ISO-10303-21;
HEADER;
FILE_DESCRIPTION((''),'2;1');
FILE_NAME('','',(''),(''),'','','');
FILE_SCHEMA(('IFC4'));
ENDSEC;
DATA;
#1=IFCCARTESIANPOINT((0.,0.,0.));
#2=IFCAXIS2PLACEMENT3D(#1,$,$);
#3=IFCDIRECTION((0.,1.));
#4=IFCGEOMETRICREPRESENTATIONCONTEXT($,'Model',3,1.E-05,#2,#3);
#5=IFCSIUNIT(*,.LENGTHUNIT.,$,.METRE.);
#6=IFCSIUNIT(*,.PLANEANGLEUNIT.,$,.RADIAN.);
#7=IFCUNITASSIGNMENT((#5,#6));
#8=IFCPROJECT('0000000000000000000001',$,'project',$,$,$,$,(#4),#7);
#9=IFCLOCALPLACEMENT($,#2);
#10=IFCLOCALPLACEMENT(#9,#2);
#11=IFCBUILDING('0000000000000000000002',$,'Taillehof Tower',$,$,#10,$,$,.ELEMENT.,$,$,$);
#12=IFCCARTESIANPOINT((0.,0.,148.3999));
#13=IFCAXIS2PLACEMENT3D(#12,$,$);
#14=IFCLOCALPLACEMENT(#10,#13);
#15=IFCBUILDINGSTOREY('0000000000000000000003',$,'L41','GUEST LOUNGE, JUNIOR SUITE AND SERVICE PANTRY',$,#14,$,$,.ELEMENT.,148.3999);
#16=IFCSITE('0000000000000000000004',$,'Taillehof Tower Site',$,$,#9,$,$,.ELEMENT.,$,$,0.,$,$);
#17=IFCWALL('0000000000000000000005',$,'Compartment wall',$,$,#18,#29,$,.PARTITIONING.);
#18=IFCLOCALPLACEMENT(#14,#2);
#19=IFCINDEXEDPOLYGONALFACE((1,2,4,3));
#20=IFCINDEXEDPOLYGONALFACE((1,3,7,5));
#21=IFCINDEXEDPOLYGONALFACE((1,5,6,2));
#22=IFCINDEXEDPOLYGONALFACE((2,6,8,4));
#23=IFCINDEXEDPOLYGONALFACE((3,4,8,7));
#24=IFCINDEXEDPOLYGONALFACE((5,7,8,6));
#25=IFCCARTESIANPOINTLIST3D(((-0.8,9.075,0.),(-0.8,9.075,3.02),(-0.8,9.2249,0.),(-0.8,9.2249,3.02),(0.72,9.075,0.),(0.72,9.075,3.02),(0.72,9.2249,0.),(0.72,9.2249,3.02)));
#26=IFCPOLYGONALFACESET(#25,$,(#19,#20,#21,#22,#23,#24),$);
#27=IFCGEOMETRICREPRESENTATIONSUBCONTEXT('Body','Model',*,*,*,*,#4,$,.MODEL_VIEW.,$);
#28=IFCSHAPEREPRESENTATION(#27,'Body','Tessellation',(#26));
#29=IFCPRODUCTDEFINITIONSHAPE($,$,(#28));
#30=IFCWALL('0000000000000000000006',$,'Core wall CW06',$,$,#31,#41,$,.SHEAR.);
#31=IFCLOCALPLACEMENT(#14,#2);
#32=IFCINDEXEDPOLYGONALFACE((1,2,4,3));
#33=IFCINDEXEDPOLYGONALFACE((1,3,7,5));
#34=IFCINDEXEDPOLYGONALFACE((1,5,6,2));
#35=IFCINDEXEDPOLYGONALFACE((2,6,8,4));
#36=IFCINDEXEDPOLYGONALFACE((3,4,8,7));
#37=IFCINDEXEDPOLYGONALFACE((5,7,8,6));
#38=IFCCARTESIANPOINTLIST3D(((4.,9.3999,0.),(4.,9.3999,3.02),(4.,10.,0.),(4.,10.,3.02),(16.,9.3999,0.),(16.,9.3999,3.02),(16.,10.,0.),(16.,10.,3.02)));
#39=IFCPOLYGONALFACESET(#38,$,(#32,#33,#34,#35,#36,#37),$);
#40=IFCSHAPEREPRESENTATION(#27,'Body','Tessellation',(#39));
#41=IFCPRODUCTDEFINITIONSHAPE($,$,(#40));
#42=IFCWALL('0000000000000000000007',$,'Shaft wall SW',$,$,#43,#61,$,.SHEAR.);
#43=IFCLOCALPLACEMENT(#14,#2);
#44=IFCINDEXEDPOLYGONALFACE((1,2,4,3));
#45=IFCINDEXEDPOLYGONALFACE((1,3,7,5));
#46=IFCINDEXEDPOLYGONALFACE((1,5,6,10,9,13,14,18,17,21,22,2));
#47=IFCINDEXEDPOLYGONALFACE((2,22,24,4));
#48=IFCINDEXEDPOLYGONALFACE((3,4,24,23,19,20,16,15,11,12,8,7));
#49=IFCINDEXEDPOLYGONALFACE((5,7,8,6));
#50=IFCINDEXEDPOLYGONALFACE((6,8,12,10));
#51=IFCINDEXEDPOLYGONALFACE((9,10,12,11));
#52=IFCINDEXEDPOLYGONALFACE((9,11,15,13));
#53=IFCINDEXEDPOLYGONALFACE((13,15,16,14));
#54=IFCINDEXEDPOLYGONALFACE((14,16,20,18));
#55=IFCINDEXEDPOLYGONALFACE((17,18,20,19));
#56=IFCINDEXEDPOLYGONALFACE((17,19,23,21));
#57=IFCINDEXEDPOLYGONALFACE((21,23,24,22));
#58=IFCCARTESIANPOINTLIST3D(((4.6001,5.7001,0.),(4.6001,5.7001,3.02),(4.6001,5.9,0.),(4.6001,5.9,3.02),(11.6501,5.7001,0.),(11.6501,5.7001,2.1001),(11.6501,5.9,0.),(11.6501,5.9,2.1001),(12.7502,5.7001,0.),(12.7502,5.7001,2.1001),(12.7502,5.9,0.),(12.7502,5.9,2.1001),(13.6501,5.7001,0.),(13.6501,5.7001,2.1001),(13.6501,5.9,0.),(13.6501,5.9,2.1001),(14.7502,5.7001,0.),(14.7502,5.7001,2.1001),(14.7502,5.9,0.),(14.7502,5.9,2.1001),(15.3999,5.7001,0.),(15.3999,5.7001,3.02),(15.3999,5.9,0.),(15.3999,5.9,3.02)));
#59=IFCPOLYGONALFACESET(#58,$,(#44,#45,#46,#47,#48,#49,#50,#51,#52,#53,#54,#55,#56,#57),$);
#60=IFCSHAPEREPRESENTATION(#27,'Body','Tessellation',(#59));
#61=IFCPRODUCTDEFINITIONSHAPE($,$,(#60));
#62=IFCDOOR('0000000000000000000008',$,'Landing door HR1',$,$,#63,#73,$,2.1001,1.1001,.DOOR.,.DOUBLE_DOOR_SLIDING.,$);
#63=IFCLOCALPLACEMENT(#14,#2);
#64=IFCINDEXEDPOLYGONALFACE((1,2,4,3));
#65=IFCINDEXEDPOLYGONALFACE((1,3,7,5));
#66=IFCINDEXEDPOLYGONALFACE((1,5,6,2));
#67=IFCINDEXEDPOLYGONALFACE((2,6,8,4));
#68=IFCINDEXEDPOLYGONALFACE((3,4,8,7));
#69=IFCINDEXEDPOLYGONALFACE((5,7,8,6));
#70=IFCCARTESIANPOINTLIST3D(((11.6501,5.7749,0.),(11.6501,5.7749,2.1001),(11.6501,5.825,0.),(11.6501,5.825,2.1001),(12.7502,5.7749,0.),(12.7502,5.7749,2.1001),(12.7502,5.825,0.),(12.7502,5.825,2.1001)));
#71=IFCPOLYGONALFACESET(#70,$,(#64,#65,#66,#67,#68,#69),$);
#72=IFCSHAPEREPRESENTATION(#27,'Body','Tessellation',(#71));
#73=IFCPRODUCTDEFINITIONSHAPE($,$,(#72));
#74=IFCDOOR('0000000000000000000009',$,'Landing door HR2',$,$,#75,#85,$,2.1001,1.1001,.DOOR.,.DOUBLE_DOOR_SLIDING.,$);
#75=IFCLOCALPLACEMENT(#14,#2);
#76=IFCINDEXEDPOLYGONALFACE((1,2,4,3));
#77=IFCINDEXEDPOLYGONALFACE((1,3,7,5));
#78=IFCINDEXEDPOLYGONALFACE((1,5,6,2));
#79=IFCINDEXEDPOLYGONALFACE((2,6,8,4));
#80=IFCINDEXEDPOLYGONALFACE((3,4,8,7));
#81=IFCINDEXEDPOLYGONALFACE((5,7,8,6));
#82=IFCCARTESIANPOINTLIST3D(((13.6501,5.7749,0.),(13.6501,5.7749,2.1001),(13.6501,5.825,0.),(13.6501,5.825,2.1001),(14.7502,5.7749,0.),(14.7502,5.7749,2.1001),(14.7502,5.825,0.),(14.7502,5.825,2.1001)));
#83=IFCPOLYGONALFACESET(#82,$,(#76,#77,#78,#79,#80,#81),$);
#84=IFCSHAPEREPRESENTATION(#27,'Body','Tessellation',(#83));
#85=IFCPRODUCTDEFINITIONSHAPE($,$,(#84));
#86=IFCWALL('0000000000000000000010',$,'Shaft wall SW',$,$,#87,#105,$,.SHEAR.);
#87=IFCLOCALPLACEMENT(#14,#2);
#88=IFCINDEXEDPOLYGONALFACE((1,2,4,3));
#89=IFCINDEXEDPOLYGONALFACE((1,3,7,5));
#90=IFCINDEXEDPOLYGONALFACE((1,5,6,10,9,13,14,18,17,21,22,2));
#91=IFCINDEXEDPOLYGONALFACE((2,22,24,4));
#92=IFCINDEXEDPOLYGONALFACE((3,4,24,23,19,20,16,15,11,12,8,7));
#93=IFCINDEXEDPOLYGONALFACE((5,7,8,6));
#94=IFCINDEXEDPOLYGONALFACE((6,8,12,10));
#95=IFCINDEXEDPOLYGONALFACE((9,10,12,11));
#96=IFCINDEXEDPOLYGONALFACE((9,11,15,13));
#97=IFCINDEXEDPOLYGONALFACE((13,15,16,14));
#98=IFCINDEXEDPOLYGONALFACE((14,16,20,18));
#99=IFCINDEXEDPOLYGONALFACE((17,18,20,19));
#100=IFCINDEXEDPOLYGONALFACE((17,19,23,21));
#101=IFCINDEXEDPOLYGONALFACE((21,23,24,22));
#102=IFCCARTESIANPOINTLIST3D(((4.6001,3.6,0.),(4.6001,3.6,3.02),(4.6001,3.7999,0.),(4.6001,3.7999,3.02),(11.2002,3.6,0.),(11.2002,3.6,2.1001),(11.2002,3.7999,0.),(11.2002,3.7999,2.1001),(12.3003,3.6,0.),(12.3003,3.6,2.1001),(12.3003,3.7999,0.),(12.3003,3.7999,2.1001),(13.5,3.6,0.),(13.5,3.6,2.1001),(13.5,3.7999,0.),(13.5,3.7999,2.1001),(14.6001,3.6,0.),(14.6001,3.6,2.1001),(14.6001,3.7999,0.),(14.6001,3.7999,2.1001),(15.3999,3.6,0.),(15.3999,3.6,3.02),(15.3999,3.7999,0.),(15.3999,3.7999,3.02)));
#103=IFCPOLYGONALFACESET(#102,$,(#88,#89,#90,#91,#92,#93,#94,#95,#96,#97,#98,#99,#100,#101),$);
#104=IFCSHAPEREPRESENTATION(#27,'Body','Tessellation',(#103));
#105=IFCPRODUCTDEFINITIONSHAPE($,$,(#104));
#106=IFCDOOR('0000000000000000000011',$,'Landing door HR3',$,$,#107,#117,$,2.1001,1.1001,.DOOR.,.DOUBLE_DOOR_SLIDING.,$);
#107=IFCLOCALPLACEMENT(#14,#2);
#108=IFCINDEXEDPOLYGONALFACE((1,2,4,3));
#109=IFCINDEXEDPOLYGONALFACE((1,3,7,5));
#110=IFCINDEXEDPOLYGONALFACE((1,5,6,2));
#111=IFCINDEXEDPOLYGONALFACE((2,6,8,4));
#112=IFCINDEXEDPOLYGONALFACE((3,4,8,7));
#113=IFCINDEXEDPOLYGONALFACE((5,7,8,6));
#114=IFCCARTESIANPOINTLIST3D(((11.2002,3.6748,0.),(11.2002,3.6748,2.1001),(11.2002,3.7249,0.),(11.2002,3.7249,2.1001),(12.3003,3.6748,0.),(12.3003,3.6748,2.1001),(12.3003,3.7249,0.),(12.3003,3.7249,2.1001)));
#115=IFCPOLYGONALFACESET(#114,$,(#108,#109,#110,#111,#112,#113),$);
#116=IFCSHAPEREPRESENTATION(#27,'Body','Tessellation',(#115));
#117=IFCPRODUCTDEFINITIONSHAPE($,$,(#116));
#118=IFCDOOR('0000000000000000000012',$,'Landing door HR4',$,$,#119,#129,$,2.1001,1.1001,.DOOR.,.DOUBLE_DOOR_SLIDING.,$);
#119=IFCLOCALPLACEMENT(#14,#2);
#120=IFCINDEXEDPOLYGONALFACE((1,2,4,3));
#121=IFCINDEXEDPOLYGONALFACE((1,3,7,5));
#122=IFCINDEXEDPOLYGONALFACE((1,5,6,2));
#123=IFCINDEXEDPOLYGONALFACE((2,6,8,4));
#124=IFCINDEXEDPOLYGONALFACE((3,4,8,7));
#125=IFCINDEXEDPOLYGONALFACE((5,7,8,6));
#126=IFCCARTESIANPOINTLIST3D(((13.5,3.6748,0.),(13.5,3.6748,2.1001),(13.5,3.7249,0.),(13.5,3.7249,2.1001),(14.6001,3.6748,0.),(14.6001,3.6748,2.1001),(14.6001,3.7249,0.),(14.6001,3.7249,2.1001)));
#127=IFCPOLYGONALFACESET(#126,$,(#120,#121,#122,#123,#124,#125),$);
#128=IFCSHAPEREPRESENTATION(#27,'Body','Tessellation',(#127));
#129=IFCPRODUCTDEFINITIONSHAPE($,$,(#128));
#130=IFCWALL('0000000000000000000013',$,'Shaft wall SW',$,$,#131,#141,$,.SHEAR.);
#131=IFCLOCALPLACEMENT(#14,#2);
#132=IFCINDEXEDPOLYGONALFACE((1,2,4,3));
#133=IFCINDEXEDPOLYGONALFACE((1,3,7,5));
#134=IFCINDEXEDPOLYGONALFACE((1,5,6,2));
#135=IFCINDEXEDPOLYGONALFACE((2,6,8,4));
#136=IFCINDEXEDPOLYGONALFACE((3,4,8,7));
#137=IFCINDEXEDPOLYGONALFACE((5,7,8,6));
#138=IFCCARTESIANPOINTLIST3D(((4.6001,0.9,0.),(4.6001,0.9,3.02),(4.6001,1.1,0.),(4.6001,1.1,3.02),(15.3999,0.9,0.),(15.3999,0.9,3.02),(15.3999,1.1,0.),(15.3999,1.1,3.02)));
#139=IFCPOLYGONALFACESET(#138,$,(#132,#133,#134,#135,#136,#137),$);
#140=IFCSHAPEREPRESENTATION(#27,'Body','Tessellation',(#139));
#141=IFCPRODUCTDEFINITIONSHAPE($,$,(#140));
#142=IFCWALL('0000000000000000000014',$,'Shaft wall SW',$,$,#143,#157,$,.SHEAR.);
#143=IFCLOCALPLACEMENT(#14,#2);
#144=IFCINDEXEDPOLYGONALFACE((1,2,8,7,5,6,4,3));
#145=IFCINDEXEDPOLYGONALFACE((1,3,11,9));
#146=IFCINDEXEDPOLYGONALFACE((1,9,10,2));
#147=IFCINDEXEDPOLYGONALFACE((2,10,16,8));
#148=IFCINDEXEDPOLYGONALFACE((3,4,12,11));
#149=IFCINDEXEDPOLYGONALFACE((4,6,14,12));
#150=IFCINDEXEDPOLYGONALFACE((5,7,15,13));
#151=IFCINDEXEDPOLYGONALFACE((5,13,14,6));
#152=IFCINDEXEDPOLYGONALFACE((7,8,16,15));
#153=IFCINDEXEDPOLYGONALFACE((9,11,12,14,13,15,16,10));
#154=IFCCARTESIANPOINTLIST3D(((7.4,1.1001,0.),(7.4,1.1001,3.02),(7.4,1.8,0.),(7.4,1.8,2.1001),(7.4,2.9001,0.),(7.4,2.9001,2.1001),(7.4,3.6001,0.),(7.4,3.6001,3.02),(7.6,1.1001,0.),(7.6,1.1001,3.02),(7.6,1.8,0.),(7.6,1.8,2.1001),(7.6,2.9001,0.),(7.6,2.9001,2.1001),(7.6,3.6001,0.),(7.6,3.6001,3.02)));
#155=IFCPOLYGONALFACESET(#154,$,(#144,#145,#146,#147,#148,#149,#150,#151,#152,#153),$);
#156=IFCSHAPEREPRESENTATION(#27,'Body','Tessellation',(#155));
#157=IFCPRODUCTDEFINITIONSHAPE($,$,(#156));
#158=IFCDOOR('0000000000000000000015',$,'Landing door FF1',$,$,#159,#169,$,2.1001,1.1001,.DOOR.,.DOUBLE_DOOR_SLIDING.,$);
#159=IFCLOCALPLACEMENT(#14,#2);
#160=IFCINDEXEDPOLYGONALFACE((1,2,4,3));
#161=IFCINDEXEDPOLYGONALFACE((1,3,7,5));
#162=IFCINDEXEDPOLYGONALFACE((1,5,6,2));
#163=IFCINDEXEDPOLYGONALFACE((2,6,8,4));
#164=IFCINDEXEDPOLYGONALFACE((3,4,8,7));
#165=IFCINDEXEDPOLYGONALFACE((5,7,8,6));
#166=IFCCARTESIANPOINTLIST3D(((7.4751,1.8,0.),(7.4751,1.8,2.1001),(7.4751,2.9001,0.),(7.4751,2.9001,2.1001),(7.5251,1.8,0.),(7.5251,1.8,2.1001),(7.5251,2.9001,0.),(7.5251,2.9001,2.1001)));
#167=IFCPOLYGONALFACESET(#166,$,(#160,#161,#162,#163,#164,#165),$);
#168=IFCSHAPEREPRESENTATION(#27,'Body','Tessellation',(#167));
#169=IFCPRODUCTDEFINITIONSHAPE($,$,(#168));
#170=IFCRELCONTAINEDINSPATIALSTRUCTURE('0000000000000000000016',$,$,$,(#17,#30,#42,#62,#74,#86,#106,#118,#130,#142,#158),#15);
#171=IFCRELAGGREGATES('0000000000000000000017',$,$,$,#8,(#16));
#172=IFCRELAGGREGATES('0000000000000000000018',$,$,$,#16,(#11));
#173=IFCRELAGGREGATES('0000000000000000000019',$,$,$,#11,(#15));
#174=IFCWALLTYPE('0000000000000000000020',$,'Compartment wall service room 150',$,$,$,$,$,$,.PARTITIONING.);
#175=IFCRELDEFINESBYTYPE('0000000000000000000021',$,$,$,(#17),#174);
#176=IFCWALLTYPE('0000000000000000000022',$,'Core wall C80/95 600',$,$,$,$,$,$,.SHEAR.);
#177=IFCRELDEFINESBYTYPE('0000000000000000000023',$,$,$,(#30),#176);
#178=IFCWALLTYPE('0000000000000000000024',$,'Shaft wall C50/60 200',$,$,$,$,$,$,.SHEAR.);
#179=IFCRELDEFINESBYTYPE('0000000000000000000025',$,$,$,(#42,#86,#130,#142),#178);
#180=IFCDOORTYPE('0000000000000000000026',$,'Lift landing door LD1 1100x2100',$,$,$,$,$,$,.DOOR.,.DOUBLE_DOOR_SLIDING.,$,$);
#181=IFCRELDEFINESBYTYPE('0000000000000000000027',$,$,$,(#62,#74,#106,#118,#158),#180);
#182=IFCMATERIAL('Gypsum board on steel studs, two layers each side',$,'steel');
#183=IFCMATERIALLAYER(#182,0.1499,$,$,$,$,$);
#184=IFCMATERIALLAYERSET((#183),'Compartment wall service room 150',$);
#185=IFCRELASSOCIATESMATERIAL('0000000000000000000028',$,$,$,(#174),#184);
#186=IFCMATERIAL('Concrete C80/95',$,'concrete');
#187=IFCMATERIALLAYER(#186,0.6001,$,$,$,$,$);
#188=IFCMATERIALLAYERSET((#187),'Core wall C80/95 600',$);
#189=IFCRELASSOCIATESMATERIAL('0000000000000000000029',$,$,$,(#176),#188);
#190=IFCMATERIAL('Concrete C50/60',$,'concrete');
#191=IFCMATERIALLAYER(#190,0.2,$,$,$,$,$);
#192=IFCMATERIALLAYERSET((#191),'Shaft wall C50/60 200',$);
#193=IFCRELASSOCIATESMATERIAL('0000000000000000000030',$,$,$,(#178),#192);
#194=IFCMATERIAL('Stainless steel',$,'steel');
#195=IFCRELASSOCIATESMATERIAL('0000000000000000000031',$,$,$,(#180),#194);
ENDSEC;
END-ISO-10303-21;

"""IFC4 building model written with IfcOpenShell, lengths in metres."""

from ifc_helpers import new_model, si_unit, direction, frame, frame_2d, origin, place, context, subcontext, project, spatial, rectangle, extrude, material, layer, layer_set, type_object, element, fill, save


model = new_model("IFC4")

# Units and contexts
model_context = context("Model", 3, precision=1e-05, world=origin(), true_north=direction((0.0, 1.0)))
body_context = subcontext(model_context, "Body", "Model", "MODEL_VIEW")
ifc_project = project(units=[si_unit("LENGTHUNIT", "METRE"), si_unit("PLANEANGLEUNIT", "RADIAN")], contexts=[model_context])

# Site, building, storey
site_placement = place(None, origin())
site = spatial("IfcSite", under=ifc_project, at=site_placement, Name="Taillehof Tower Site", CompositionType="ELEMENT", RefElevation=0.0)
building_placement = place(site_placement, origin())
building = spatial("IfcBuilding", under=site, at=building_placement, Name="Taillehof Tower", CompositionType="ELEMENT")
storey_placement = place(building_placement, frame((0.0, 0.0, 148.3999)))
storey = spatial("IfcBuildingStorey", under=building, at=storey_placement, Name="L41", Description="GUEST LOUNGE, JUNIOR SUITE AND SERVICE PANTRY", CompositionType="ELEMENT", Elevation=148.3999)

# Shared definitions
ifc_material_1 = material(Name="Gypsum board on steel studs, two layers each side", Category="steel")
ifc_layer_1 = layer(ifc_material_1, 0.1499)
ifc_layer_set_1 = layer_set([ifc_layer_1], Name="Compartment wall service room 150")
wall_type_1 = type_object("IfcWallType", Name="Compartment wall service room 150", PredefinedType="PARTITIONING", material=ifc_layer_set_1)

# Walls
wall_1_placement = place(storey_placement, frame((0.72, 9.1499, 0.0), z_axis=(0.0, 0.0, 1.0), x_axis=(-1.0, 0.0, 0.0)))
element("IfcWall", 1, at=wall_1_placement, inside=storey, type_object=wall_type_1, Name="Compartment wall", PredefinedType="PARTITIONING", context=body_context, shape_type="SweptSolid", body=[
    extrude(rectangle(XDim=1.52, YDim=0.1499, at=frame_2d((0.76, 0.0))), origin(), (0.0, 0.0, 1.0), 3.02),
])
ifc_material_2 = material(Name="Concrete C80/95", Category="concrete")
ifc_layer_2 = layer(ifc_material_2, 0.6001)
ifc_layer_set_2 = layer_set([ifc_layer_2], Name="Core wall C80/95 600")
wall_type_2 = type_object("IfcWallType", Name="Core wall C80/95 600", PredefinedType="SHEAR", material=ifc_layer_set_2)
wall_2_placement = place(storey_placement, frame((4.0, 9.7, 0.0), z_axis=(0.0, 0.0, 1.0), x_axis=(1.0, 0.0, 0.0)))
element("IfcWall", 2, at=wall_2_placement, inside=storey, type_object=wall_type_2, Name="Core wall CW06", PredefinedType="SHEAR", context=body_context, shape_type="SweptSolid", body=[
    extrude(rectangle(XDim=12.0, YDim=0.6001, at=frame_2d((6.0, 0.0))), origin(), (0.0, 0.0, 1.0), 3.02),
])

# Walls, openings, doors
ifc_material_3 = material(Name="Concrete C50/60", Category="concrete")
ifc_layer_3 = layer(ifc_material_3, 0.2)
ifc_layer_set_3 = layer_set([ifc_layer_3], Name="Shaft wall C50/60 200")
wall_type_3 = type_object("IfcWallType", Name="Shaft wall C50/60 200", PredefinedType="SHEAR", material=ifc_layer_set_3)
wall_3_placement = place(storey_placement, frame((4.6001, 5.8, 0.0), z_axis=(0.0, 0.0, 1.0), x_axis=(1.0, 0.0, 0.0)))
wall_3 = element("IfcWall", 3, at=wall_3_placement, inside=storey, type_object=wall_type_3, Name="Shaft wall SW", PredefinedType="SHEAR", context=body_context, shape_type="SweptSolid", body=[
    extrude(rectangle(XDim=10.7998, YDim=0.2, at=frame_2d((5.3999, 0.0))), origin(), (0.0, 0.0, 1.0), 3.02),
])
opening_1_placement = place(wall_3_placement, frame((7.05, 0.0, 0.0)))
opening_1 = element("IfcOpeningElement", 4, at=opening_1_placement, cuts=wall_3, PredefinedType="OPENING", context=body_context, shape_type="SweptSolid", body=[
    extrude(rectangle(XDim=1.1001, YDim=2.1001, at=frame_2d((0.55, 1.05))), frame((0.0, 0.1099, 0.0), z_axis=(0.0, -1.0, 0.0), x_axis=(1.0, 0.0, 0.0)), (0.0, 0.0, 1.0), 0.22),
])
opening_2_placement = place(wall_3_placement, frame((9.05, 0.0, 0.0)))
opening_2 = element("IfcOpeningElement", 5, at=opening_2_placement, cuts=wall_3, PredefinedType="OPENING", context=body_context, shape_type="SweptSolid", body=[
    extrude(rectangle(XDim=1.1001, YDim=2.1001, at=frame_2d((0.55, 1.05))), frame((0.0, 0.1099, 0.0), z_axis=(0.0, -1.0, 0.0), x_axis=(1.0, 0.0, 0.0)), (0.0, 0.0, 1.0), 0.22),
])
ifc_material_4 = material(Name="Stainless steel", Category="steel")
door_type_1 = type_object("IfcDoorType", Name="Lift landing door LD1 1100x2100", OperationType="DOUBLE_DOOR_SLIDING", PredefinedType="DOOR", material=ifc_material_4)
door_1_placement = place(opening_1_placement, origin())
door_1 = element("IfcDoor", 6, at=door_1_placement, inside=storey, type_object=door_type_1, Name="Landing door HR1", OperationType="DOUBLE_DOOR_SLIDING", OverallHeight=2.1001, OverallWidth=1.1001, PredefinedType="DOOR", context=body_context, shape_type="SweptSolid", body=[
    extrude(rectangle(XDim=1.1001, YDim=2.1001, at=frame_2d((0.55, 1.05))), frame((0.0, 0.0249, 0.0), z_axis=(0.0, -1.0, 0.0), x_axis=(1.0, 0.0, 0.0)), (0.0, 0.0, 1.0), 0.05),
])
fill(opening_1, door_1)
door_2_placement = place(opening_2_placement, origin())
door_2 = element("IfcDoor", 7, at=door_2_placement, inside=storey, type_object=door_type_1, Name="Landing door HR2", OperationType="DOUBLE_DOOR_SLIDING", OverallHeight=2.1001, OverallWidth=1.1001, PredefinedType="DOOR", context=body_context, shape_type="SweptSolid", body=[
    extrude(rectangle(XDim=1.1001, YDim=2.1001, at=frame_2d((0.55, 1.05))), frame((0.0, 0.0249, 0.0), z_axis=(0.0, -1.0, 0.0), x_axis=(1.0, 0.0, 0.0)), (0.0, 0.0, 1.0), 0.05),
])
fill(opening_2, door_2)
wall_4_placement = place(storey_placement, frame((4.6001, 3.7, 0.0), z_axis=(0.0, 0.0, 1.0), x_axis=(1.0, 0.0, 0.0)))
wall_4 = element("IfcWall", 8, at=wall_4_placement, inside=storey, type_object=wall_type_3, Name="Shaft wall SW", PredefinedType="SHEAR", context=body_context, shape_type="SweptSolid", body=[
    extrude(rectangle(XDim=10.7998, YDim=0.2, at=frame_2d((5.3999, 0.0))), origin(), (0.0, 0.0, 1.0), 3.02),
])
opening_3_placement = place(wall_4_placement, frame((6.6001, 0.0, 0.0)))
opening_3 = element("IfcOpeningElement", 9, at=opening_3_placement, cuts=wall_4, PredefinedType="OPENING", context=body_context, shape_type="SweptSolid", body=[
    extrude(rectangle(XDim=1.1001, YDim=2.1001, at=frame_2d((0.55, 1.05))), frame((0.0, 0.1099, 0.0), z_axis=(0.0, -1.0, 0.0), x_axis=(1.0, 0.0, 0.0)), (0.0, 0.0, 1.0), 0.22),
])
opening_4_placement = place(wall_4_placement, frame((8.8999, 0.0, 0.0)))
opening_4 = element("IfcOpeningElement", 10, at=opening_4_placement, cuts=wall_4, PredefinedType="OPENING", context=body_context, shape_type="SweptSolid", body=[
    extrude(rectangle(XDim=1.1001, YDim=2.1001, at=frame_2d((0.55, 1.05))), frame((0.0, 0.1099, 0.0), z_axis=(0.0, -1.0, 0.0), x_axis=(1.0, 0.0, 0.0)), (0.0, 0.0, 1.0), 0.22),
])
door_3_placement = place(opening_3_placement, origin())
door_3 = element("IfcDoor", 11, at=door_3_placement, inside=storey, type_object=door_type_1, Name="Landing door HR3", OperationType="DOUBLE_DOOR_SLIDING", OverallHeight=2.1001, OverallWidth=1.1001, PredefinedType="DOOR", context=body_context, shape_type="SweptSolid", body=[
    extrude(rectangle(XDim=1.1001, YDim=2.1001, at=frame_2d((0.55, 1.05))), frame((0.0, 0.0249, 0.0), z_axis=(0.0, -1.0, 0.0), x_axis=(1.0, 0.0, 0.0)), (0.0, 0.0, 1.0), 0.05),
])
fill(opening_3, door_3)
door_4_placement = place(opening_4_placement, origin())
door_4 = element("IfcDoor", 12, at=door_4_placement, inside=storey, type_object=door_type_1, Name="Landing door HR4", OperationType="DOUBLE_DOOR_SLIDING", OverallHeight=2.1001, OverallWidth=1.1001, PredefinedType="DOOR", context=body_context, shape_type="SweptSolid", body=[
    extrude(rectangle(XDim=1.1001, YDim=2.1001, at=frame_2d((0.55, 1.05))), frame((0.0, 0.0249, 0.0), z_axis=(0.0, -1.0, 0.0), x_axis=(1.0, 0.0, 0.0)), (0.0, 0.0, 1.0), 0.05),
])
fill(opening_4, door_4)

# Wall
wall_5_placement = place(storey_placement, frame((4.6001, 1.0, 0.0), z_axis=(0.0, 0.0, 1.0), x_axis=(1.0, 0.0, 0.0)))
element("IfcWall", 13, at=wall_5_placement, inside=storey, type_object=wall_type_3, Name="Shaft wall SW", PredefinedType="SHEAR", context=body_context, shape_type="SweptSolid", body=[
    extrude(rectangle(XDim=10.7998, YDim=0.2, at=frame_2d((5.3999, 0.0))), origin(), (0.0, 0.0, 1.0), 3.02),
])

# Wall, opening, door
wall_6_placement = place(storey_placement, frame((7.5, 1.1001, 0.0), z_axis=(0.0, 0.0, 1.0), x_axis=(0.0, 1.0, 0.0)))
wall_6 = element("IfcWall", 14, at=wall_6_placement, inside=storey, type_object=wall_type_3, Name="Shaft wall SW", PredefinedType="SHEAR", context=body_context, shape_type="SweptSolid", body=[
    extrude(rectangle(XDim=2.5, YDim=0.2, at=frame_2d((1.25, 0.0))), origin(), (0.0, 0.0, 1.0), 3.02),
])
opening_5_placement = place(wall_6_placement, frame((0.7, 0.0, 0.0)))
opening_5 = element("IfcOpeningElement", 15, at=opening_5_placement, cuts=wall_6, PredefinedType="OPENING", context=body_context, shape_type="SweptSolid", body=[
    extrude(rectangle(XDim=1.1001, YDim=2.1001, at=frame_2d((0.55, 1.05))), frame((0.0, 0.1099, 0.0), z_axis=(0.0, -1.0, 0.0), x_axis=(1.0, 0.0, 0.0)), (0.0, 0.0, 1.0), 0.22),
])
door_5_placement = place(opening_5_placement, origin())
door_5 = element("IfcDoor", 16, at=door_5_placement, inside=storey, type_object=door_type_1, Name="Landing door FF1", OperationType="DOUBLE_DOOR_SLIDING", OverallHeight=2.1001, OverallWidth=1.1001, PredefinedType="DOOR", context=body_context, shape_type="SweptSolid", body=[
    extrude(rectangle(XDim=1.1001, YDim=2.1001, at=frame_2d((0.55, 1.05))), frame((0.0, 0.0249, 0.0), z_axis=(0.0, -1.0, 0.0), x_axis=(1.0, 0.0, 0.0)), (0.0, 0.0, 1.0), 0.05),
])
fill(opening_5, door_5)

save(model, "model.ifc")
